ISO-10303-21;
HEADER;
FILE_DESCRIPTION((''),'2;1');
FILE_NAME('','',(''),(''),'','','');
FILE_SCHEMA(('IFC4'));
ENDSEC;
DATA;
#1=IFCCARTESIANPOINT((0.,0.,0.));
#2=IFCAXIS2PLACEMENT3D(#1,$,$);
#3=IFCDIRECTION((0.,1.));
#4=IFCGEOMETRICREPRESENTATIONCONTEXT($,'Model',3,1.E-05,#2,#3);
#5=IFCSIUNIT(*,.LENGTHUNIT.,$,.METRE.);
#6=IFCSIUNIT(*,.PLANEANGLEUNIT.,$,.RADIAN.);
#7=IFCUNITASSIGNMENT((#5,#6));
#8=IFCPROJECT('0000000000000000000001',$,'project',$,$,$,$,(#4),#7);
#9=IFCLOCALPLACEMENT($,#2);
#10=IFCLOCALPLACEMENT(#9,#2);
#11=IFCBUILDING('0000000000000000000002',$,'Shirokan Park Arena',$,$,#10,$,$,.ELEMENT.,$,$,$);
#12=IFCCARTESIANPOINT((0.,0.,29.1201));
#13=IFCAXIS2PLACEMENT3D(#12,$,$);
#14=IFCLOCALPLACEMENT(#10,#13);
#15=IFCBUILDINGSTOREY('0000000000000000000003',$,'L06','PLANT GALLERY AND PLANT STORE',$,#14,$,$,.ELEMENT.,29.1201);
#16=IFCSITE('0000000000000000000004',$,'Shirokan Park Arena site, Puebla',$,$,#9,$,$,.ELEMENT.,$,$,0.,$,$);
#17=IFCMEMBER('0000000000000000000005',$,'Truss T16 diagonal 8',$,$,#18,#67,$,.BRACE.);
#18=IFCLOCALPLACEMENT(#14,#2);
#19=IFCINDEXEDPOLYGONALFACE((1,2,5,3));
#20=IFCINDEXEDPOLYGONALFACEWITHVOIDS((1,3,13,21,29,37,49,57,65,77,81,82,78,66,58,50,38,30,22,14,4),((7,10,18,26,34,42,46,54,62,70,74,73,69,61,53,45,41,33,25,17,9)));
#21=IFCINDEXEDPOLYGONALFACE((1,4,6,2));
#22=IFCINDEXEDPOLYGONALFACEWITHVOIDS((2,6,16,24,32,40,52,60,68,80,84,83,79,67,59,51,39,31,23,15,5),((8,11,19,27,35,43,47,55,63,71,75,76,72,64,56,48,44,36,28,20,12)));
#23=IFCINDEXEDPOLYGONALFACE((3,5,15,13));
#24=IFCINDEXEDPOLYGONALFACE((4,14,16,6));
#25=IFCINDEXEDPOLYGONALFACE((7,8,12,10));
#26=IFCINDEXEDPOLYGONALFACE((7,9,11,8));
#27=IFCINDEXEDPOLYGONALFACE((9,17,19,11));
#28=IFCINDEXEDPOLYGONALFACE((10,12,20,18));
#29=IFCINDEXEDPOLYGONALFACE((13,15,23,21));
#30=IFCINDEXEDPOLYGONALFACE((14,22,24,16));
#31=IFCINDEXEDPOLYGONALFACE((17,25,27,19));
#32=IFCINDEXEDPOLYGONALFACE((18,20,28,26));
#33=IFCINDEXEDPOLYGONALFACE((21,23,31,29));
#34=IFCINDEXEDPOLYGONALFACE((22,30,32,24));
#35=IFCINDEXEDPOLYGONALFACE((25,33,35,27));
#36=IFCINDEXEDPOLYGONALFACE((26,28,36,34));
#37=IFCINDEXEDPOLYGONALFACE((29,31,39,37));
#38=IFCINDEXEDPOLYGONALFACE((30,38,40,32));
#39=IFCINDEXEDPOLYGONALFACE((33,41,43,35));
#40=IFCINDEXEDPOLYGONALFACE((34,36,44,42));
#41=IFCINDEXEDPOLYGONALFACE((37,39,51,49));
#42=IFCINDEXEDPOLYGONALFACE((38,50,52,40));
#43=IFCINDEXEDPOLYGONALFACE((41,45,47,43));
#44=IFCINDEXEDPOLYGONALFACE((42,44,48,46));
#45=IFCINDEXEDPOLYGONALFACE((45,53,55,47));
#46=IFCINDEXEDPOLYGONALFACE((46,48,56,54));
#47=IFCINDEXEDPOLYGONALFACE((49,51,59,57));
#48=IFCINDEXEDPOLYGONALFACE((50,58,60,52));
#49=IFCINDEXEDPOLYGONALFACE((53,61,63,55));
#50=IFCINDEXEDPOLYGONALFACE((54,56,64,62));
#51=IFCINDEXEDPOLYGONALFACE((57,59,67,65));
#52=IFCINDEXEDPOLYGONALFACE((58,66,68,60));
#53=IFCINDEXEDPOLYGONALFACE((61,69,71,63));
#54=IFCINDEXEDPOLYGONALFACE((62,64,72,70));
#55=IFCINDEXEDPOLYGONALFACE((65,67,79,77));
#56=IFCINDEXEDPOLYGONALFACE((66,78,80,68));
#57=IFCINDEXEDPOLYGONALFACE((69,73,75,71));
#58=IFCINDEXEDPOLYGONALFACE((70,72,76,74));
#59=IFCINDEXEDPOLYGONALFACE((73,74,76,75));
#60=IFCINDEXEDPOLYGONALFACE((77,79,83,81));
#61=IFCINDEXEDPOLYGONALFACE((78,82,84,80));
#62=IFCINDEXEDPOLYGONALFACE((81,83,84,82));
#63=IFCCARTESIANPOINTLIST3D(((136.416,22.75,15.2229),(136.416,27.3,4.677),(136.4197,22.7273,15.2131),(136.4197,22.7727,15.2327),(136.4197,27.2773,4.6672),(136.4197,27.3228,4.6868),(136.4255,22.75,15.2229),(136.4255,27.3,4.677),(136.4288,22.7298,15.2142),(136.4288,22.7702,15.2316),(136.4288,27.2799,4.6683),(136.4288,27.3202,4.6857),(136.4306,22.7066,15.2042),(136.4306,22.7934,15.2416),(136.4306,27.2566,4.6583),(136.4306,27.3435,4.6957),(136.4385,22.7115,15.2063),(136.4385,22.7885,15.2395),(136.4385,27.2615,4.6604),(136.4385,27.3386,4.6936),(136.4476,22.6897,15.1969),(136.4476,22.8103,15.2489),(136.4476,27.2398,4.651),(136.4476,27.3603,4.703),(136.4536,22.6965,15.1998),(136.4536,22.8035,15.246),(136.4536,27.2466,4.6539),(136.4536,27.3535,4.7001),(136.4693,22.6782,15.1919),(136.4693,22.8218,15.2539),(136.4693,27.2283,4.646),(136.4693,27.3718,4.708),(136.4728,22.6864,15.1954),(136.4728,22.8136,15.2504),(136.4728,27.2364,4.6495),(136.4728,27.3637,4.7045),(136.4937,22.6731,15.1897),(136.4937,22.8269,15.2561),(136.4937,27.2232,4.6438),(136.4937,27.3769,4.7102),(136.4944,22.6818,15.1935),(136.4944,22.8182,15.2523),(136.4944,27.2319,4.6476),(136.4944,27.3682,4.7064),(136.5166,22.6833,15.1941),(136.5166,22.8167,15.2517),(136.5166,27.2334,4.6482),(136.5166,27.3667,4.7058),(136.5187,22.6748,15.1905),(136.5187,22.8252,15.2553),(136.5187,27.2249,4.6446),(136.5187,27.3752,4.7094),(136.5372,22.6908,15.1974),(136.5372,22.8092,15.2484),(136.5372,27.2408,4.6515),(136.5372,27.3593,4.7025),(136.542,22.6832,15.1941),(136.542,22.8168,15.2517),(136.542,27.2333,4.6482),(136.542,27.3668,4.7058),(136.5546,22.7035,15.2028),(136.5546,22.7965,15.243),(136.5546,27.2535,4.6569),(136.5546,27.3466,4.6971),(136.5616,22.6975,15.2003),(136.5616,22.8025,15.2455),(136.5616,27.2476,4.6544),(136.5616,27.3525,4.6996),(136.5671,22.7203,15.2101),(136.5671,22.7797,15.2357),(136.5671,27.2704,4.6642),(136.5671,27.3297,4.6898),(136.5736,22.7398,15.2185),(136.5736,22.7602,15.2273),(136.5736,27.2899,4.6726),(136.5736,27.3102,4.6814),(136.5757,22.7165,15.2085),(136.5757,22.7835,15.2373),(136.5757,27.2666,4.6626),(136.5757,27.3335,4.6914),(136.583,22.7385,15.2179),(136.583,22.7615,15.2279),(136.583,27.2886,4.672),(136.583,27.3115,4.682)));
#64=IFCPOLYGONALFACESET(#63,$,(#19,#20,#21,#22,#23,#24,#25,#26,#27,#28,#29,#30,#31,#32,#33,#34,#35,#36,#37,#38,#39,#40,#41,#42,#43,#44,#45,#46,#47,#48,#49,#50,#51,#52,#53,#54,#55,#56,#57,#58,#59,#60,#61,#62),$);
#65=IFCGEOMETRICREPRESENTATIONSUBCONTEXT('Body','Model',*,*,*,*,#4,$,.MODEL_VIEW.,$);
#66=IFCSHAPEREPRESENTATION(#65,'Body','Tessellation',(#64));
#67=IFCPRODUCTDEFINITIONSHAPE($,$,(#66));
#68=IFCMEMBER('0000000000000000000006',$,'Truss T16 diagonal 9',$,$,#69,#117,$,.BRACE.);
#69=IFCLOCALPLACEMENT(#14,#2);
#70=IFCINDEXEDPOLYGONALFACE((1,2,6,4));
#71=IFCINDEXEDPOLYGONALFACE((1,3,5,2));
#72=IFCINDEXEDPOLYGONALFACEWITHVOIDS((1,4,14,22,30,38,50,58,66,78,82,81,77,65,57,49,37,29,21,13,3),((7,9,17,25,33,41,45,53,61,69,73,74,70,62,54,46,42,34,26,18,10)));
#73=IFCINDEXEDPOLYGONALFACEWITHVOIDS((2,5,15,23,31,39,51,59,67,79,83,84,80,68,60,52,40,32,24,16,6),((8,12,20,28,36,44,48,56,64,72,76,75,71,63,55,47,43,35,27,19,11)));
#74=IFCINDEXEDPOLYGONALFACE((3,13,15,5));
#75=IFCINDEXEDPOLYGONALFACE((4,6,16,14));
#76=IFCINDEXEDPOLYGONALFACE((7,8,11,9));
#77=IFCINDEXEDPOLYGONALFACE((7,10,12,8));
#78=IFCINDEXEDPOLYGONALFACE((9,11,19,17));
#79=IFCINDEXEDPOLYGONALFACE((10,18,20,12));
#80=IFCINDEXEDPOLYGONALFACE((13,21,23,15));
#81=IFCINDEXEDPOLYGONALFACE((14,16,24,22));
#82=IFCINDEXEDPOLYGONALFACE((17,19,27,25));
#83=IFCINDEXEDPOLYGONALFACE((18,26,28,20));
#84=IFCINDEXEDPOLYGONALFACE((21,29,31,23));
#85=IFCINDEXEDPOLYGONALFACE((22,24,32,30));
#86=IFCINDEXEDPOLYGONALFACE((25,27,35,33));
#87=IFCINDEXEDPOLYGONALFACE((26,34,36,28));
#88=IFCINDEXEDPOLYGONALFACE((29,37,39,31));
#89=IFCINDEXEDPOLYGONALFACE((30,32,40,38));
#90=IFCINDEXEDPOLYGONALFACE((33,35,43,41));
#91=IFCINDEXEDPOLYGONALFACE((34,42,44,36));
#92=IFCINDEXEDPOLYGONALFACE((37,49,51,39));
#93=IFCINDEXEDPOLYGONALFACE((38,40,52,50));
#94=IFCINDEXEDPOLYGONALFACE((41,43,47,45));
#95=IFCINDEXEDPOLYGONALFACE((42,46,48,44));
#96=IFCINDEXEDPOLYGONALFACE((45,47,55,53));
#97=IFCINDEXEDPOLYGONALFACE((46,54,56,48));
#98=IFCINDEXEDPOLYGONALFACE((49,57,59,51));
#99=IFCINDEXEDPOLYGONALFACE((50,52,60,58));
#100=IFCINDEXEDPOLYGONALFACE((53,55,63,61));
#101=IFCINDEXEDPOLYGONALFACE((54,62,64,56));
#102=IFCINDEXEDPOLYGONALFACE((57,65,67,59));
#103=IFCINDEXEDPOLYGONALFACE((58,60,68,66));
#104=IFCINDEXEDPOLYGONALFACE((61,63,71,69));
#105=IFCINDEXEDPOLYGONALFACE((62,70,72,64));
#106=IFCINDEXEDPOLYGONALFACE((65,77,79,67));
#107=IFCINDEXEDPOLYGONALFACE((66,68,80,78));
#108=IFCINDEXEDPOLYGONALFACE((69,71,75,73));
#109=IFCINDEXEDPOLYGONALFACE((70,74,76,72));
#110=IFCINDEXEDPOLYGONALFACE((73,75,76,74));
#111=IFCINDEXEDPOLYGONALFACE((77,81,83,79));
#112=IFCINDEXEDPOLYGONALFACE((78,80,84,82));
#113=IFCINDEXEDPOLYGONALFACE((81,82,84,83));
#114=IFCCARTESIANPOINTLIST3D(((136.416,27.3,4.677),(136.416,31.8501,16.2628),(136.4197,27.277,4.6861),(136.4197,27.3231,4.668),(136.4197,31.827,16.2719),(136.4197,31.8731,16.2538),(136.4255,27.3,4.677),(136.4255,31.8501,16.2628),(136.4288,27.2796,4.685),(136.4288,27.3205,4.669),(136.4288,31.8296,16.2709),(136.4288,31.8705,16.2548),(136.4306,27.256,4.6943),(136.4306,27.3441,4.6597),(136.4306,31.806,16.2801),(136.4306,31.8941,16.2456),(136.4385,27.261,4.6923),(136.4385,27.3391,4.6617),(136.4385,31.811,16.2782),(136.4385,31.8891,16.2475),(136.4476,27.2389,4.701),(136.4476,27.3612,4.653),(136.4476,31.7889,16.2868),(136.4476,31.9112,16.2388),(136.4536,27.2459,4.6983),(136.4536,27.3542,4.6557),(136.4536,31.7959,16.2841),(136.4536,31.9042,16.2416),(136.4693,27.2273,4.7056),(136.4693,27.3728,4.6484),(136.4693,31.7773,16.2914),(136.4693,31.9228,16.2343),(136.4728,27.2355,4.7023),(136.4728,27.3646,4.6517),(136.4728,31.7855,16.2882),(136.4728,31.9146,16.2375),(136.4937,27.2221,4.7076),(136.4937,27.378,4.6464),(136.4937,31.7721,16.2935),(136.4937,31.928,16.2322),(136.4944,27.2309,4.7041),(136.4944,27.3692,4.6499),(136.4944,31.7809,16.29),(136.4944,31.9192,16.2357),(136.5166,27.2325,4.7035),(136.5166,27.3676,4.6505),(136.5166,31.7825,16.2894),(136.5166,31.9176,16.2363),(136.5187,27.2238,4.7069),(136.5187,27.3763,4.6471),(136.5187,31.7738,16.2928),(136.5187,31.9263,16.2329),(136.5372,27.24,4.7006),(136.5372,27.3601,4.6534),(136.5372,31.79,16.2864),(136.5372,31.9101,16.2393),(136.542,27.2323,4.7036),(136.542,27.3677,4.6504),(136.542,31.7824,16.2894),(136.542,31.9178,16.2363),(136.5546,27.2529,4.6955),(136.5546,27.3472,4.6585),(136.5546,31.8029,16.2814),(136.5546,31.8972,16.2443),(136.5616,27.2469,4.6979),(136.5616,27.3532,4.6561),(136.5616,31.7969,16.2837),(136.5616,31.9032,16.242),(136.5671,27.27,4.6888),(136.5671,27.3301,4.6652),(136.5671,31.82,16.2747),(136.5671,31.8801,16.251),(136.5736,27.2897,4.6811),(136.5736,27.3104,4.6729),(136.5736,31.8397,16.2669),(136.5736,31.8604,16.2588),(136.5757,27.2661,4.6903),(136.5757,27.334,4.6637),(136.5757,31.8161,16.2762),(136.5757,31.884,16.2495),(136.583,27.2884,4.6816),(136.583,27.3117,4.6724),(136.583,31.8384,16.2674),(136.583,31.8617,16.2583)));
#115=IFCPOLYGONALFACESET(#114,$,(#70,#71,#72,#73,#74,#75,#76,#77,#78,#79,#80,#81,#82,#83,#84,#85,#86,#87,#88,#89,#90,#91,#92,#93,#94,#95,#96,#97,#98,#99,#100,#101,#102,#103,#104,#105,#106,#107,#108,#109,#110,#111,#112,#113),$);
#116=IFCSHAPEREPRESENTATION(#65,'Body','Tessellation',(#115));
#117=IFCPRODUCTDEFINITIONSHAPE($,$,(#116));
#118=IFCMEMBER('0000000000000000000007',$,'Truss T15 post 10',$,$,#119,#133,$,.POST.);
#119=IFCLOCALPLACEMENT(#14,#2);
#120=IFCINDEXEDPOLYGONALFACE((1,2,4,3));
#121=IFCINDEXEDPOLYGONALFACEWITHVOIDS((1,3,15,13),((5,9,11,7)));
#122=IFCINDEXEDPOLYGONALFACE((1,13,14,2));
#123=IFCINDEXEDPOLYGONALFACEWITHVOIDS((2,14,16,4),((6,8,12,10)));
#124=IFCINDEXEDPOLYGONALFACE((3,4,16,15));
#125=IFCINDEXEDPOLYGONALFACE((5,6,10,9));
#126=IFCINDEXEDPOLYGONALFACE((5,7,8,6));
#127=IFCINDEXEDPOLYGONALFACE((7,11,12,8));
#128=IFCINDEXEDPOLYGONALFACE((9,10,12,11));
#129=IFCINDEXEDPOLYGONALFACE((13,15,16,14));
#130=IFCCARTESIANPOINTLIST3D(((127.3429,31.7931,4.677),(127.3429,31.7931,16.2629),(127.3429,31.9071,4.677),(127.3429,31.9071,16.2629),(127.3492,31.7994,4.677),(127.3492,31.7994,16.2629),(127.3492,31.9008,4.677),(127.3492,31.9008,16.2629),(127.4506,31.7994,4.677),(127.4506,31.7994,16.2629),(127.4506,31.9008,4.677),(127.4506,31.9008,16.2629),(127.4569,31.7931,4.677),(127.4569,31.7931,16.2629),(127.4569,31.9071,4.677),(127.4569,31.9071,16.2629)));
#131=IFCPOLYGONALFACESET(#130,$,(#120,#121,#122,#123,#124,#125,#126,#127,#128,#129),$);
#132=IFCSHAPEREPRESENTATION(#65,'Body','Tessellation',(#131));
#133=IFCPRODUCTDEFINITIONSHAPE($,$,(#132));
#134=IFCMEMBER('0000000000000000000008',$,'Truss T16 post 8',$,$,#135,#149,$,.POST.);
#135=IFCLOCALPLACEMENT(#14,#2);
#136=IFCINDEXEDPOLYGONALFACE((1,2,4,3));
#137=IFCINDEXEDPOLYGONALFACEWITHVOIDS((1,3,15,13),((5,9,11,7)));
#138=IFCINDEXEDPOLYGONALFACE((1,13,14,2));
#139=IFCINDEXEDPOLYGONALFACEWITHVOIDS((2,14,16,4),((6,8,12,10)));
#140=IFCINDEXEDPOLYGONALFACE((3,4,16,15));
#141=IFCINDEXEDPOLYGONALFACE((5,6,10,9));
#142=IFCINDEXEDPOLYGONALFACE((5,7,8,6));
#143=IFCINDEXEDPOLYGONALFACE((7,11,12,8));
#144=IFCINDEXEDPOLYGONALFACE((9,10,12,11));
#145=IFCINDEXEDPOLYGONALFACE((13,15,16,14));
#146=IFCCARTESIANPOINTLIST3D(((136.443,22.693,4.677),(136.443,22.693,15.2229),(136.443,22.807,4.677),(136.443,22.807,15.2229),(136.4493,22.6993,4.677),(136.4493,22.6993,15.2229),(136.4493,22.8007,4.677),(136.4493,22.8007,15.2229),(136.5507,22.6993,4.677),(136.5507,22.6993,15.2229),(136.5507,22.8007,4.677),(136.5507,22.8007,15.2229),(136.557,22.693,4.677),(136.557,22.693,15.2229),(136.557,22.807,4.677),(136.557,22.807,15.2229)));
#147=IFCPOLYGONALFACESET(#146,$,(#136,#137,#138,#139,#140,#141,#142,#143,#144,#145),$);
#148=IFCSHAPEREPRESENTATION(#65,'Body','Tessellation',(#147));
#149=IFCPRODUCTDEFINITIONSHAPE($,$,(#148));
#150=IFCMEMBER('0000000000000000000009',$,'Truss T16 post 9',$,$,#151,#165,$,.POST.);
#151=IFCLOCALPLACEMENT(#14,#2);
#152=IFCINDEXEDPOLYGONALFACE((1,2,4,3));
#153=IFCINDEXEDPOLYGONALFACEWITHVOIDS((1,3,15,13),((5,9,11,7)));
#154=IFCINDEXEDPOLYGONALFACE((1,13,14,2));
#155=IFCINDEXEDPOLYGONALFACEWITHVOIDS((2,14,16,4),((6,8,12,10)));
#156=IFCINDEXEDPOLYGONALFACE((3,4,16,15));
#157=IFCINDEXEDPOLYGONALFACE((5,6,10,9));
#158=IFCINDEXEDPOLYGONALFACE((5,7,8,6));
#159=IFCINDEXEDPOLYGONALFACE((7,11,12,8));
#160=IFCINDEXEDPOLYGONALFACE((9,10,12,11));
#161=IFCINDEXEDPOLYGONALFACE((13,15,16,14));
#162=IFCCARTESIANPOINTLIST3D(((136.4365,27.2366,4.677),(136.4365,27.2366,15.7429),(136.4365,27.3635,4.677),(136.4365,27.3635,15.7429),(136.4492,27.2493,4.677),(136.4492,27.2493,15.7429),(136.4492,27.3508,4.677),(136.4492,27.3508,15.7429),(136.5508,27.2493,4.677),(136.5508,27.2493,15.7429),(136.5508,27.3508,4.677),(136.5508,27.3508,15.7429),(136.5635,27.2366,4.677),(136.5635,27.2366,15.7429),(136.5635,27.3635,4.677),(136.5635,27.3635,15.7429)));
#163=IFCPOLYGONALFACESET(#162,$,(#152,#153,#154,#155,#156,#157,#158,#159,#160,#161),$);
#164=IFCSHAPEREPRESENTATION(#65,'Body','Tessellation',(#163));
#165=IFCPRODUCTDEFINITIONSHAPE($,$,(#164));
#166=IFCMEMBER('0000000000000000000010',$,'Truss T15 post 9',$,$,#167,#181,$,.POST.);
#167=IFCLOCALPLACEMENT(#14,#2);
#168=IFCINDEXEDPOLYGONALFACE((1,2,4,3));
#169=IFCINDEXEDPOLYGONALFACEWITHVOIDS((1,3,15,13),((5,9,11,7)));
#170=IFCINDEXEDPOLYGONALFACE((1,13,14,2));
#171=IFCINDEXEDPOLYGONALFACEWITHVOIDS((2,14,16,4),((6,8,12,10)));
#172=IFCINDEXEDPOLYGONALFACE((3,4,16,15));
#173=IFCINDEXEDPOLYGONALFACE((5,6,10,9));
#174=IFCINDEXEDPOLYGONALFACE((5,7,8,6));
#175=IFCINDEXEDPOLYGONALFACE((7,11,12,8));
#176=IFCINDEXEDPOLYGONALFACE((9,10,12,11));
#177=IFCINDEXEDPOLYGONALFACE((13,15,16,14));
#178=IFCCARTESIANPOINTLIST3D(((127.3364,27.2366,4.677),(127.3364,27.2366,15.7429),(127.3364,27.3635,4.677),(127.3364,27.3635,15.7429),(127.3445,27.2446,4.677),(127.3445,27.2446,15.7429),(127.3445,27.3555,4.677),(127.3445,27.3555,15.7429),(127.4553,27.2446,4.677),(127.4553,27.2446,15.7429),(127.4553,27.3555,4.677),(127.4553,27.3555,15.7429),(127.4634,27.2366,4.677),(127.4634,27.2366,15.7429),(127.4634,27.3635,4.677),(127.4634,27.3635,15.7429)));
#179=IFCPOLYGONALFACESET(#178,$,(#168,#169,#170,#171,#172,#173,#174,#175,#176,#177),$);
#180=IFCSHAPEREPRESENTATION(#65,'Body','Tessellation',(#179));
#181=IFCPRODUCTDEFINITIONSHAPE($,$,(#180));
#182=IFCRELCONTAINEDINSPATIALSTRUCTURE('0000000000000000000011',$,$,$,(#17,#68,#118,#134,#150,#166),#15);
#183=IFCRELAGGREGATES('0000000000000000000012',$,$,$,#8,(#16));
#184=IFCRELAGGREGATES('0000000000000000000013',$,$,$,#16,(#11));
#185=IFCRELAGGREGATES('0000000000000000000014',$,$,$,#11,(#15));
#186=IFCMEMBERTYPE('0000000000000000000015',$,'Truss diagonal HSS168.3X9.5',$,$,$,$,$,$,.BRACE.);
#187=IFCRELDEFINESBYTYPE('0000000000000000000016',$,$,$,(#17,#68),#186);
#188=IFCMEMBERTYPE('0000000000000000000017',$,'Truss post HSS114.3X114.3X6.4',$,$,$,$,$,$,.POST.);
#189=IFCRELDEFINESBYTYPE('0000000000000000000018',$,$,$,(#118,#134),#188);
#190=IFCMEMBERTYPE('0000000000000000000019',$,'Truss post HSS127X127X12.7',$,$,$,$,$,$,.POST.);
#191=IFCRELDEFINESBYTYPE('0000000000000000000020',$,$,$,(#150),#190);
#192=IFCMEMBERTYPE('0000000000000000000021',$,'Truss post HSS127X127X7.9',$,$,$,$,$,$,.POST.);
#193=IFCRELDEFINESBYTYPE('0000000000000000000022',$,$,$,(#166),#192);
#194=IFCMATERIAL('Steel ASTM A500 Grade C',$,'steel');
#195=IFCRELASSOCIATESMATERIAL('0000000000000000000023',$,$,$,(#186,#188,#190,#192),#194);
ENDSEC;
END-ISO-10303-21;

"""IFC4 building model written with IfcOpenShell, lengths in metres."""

from ifc_helpers import new_model, si_unit, direction, frame, origin, origin_2d, place, context, subcontext, project, spatial, hollow_rectangle, hollow_circle, extrude, material, material_profile, profile_set, type_object, element, save


model = new_model("IFC4")

# Units and contexts
model_context = context("Model", 3, precision=1e-05, world=origin(), true_north=direction((0.0, 1.0)))
body_context = subcontext(model_context, "Body", "Model", "MODEL_VIEW")
ifc_project = project(units=[si_unit("LENGTHUNIT", "METRE"), si_unit("PLANEANGLEUNIT", "RADIAN")], contexts=[model_context])

# Site, building, storey
site_placement = place(None, origin())
site = spatial("IfcSite", under=ifc_project, at=site_placement, Name="Shirokan Park Arena site, Puebla", CompositionType="ELEMENT", RefElevation=0.0)
building_placement = place(site_placement, origin())
building = spatial("IfcBuilding", under=site, at=building_placement, Name="Shirokan Park Arena", CompositionType="ELEMENT")
storey_placement = place(building_placement, frame((0.0, 0.0, 29.1201)))
storey = spatial("IfcBuildingStorey", under=building, at=storey_placement, Name="L06", Description="PLANT GALLERY AND PLANT STORE", CompositionType="ELEMENT", Elevation=29.1201)

# Shared definitions
ifc_material_1 = material(Name="Steel ASTM A500 Grade C", Category="steel")

# Members
ifc_material_profile_1 = material_profile(ifc_material_1, hollow_circle(Radius=0.084, WallThickness=0.0095, at=origin_2d()), Name="HSS168.3X9.5")
ifc_profile_set_1 = profile_set([ifc_material_profile_1], Name="Steel ASTM A500 Grade C")
member_type_1 = type_object("IfcMemberType", Name="Truss diagonal HSS168.3X9.5", PredefinedType="BRACE", material=ifc_profile_set_1)
member_1_placement = place(storey_placement, frame((136.5, 22.75, 15.2229), z_axis=(0.0, 0.396153, -0.918185), x_axis=(-1.0, 0.0, 0.0)))
element("IfcMember", 1, at=member_1_placement, inside=storey, type_object=member_type_1, Name="Truss T16 diagonal 8", PredefinedType="BRACE", context=body_context, shape_type="SweptSolid", body=[
    extrude(hollow_circle(Radius=0.084, WallThickness=0.0095, at=origin_2d()), origin(), (0.0, 0.0, 1.0), 11.4856),
])
member_2_placement = place(storey_placement, frame((136.5, 27.3, 4.677), z_axis=(0.0, 0.365543, 0.930794), x_axis=(-1.0, 0.0, 0.0)))
element("IfcMember", 2, at=member_2_placement, inside=storey, type_object=member_type_1, Name="Truss T16 diagonal 9", PredefinedType="BRACE", context=body_context, shape_type="SweptSolid", body=[
    extrude(hollow_circle(Radius=0.084, WallThickness=0.0095, at=origin_2d()), origin(), (0.0, 0.0, 1.0), 12.4473),
])
ifc_material_profile_2 = material_profile(ifc_material_1, hollow_rectangle(XDim=0.114, YDim=0.114, WallThickness=0.0063, at=origin_2d()), Name="HSS114.3X114.3X6.4")
ifc_profile_set_2 = profile_set([ifc_material_profile_2], Name="Steel ASTM A500 Grade C")
member_type_2 = type_object("IfcMemberType", Name="Truss post HSS114.3X114.3X6.4", PredefinedType="POST", material=ifc_profile_set_2)
member_3_placement = place(storey_placement, frame((127.3999, 31.8501, 4.677), z_axis=(0.0, 0.0, 1.0), x_axis=(1.0, 0.0, 0.0)))
element("IfcMember", 3, at=member_3_placement, inside=storey, type_object=member_type_2, Name="Truss T15 post 10", PredefinedType="POST", context=body_context, shape_type="SweptSolid", body=[
    extrude(hollow_rectangle(XDim=0.114, YDim=0.114, WallThickness=0.0063, at=origin_2d()), origin(), (0.0, 0.0, 1.0), 11.5859),
])
member_4_placement = place(storey_placement, frame((136.5, 22.75, 4.677), z_axis=(0.0, 0.0, 1.0), x_axis=(1.0, 0.0, 0.0)))
element("IfcMember", 4, at=member_4_placement, inside=storey, type_object=member_type_2, Name="Truss T16 post 8", PredefinedType="POST", context=body_context, shape_type="SweptSolid", body=[
    extrude(hollow_rectangle(XDim=0.114, YDim=0.114, WallThickness=0.0063, at=origin_2d()), origin(), (0.0, 0.0, 1.0), 10.5459),
])
ifc_material_profile_3 = material_profile(ifc_material_1, hollow_rectangle(XDim=0.127, YDim=0.127, WallThickness=0.0127, at=origin_2d()), Name="HSS127X127X12.7")
ifc_profile_set_3 = profile_set([ifc_material_profile_3], Name="Steel ASTM A500 Grade C")
member_type_3 = type_object("IfcMemberType", Name="Truss post HSS127X127X12.7", PredefinedType="POST", material=ifc_profile_set_3)
member_5_placement = place(storey_placement, frame((136.5, 27.3, 4.677), z_axis=(0.0, 0.0, 1.0), x_axis=(1.0, 0.0, 0.0)))
element("IfcMember", 5, at=member_5_placement, inside=storey, type_object=member_type_3, Name="Truss T16 post 9", PredefinedType="POST", context=body_context, shape_type="SweptSolid", body=[
    extrude(hollow_rectangle(XDim=0.127, YDim=0.127, WallThickness=0.0127, at=origin_2d()), origin(), (0.0, 0.0, 1.0), 11.0659),
])
ifc_material_profile_4 = material_profile(ifc_material_1, hollow_rectangle(XDim=0.127, YDim=0.127, WallThickness=0.0081, at=origin_2d()), Name="HSS127X127X7.9")
ifc_profile_set_4 = profile_set([ifc_material_profile_4], Name="Steel ASTM A500 Grade C")
member_type_4 = type_object("IfcMemberType", Name="Truss post HSS127X127X7.9", PredefinedType="POST", material=ifc_profile_set_4)
member_6_placement = place(storey_placement, frame((127.3999, 27.3, 4.677), z_axis=(0.0, 0.0, 1.0), x_axis=(1.0, 0.0, 0.0)))
element("IfcMember", 6, at=member_6_placement, inside=storey, type_object=member_type_4, Name="Truss T15 post 9", PredefinedType="POST", context=body_context, shape_type="SweptSolid", body=[
    extrude(hollow_rectangle(XDim=0.127, YDim=0.127, WallThickness=0.0081, at=origin_2d()), origin(), (0.0, 0.0, 1.0), 11.0659),
])

save(model, "model.ifc")
